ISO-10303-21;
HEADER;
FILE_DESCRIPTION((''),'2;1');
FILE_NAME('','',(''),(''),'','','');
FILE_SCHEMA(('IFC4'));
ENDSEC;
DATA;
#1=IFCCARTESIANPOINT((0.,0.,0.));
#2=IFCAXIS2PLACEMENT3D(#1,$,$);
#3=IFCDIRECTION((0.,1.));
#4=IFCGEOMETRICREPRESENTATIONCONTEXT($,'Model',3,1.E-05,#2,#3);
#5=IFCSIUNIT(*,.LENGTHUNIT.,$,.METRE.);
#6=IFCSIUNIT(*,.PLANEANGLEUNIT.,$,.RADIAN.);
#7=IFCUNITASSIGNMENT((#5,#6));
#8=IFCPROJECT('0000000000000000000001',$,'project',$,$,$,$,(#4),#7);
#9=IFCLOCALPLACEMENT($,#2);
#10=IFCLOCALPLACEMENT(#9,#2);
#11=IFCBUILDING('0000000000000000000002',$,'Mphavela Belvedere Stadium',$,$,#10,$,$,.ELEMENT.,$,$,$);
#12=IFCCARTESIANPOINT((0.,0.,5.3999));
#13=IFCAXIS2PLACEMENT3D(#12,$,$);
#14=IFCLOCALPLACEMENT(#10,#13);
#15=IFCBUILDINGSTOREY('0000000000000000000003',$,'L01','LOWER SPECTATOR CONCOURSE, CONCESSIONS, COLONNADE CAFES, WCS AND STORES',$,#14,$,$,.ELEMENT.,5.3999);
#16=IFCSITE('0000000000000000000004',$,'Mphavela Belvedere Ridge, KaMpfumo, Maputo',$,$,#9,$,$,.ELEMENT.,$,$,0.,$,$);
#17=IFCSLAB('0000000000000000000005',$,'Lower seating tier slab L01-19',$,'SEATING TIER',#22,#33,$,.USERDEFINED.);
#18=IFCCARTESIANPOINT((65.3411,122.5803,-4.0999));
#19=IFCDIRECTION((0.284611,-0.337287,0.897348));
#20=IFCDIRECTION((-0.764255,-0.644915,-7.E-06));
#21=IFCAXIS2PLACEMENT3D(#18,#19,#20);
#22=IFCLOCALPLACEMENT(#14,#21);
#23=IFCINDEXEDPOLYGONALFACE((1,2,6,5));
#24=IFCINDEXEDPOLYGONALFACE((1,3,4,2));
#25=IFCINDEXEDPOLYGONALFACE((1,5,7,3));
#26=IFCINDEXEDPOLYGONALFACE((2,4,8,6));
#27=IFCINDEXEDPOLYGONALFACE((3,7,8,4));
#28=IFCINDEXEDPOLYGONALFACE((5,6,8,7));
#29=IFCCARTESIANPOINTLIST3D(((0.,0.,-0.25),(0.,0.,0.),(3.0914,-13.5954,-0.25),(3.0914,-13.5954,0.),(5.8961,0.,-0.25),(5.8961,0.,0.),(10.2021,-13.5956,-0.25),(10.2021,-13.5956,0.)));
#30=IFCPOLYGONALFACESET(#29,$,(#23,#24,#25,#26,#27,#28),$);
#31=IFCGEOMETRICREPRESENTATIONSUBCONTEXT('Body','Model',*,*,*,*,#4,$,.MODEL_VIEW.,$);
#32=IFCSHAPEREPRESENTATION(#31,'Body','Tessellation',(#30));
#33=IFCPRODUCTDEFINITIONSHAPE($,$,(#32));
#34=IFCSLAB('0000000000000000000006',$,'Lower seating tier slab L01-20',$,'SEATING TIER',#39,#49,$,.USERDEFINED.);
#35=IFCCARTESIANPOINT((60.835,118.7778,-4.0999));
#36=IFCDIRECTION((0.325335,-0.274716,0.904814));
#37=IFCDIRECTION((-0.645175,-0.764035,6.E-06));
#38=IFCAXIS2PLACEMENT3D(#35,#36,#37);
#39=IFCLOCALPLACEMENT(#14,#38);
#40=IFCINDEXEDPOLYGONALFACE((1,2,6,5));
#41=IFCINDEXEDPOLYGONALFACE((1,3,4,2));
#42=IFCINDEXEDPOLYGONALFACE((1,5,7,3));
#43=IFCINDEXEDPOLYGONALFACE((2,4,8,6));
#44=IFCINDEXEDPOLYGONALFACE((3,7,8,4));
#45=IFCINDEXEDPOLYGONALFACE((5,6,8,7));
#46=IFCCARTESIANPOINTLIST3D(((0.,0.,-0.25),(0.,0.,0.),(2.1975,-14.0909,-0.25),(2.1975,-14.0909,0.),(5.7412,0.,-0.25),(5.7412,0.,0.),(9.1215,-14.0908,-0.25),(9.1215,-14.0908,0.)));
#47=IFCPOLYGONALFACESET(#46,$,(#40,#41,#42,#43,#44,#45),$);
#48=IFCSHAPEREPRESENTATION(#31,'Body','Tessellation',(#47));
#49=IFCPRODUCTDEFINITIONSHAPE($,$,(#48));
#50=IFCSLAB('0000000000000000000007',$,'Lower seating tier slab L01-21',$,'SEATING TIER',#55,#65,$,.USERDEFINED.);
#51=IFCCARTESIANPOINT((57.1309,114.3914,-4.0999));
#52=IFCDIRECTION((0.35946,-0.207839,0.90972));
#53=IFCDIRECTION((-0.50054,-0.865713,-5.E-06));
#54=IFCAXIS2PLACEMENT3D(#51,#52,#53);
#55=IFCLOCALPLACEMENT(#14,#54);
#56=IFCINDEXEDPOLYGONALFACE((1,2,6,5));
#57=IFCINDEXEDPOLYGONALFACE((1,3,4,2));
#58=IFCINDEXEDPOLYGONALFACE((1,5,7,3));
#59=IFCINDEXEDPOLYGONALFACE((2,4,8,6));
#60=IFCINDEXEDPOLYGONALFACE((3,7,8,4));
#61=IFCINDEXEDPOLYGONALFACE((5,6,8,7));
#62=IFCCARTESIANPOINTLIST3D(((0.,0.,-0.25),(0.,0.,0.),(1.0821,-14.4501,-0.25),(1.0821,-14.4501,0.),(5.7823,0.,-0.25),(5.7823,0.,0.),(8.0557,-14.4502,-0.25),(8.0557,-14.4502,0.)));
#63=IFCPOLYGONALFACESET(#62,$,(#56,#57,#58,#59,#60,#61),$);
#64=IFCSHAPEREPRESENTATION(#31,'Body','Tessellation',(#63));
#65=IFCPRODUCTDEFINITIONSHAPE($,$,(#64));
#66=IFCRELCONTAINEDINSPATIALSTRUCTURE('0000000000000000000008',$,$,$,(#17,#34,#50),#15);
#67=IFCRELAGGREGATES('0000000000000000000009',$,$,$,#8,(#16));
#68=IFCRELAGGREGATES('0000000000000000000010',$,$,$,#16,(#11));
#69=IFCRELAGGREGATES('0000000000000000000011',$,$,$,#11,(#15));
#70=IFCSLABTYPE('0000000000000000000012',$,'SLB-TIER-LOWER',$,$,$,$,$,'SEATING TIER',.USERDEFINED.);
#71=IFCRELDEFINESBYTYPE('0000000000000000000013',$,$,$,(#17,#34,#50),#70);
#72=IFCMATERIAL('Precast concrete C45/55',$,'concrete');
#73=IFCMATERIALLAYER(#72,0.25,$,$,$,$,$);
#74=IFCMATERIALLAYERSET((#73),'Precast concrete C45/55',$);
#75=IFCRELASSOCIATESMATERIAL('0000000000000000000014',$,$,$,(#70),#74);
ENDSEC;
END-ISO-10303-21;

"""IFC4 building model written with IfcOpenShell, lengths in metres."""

from ifc_helpers import new_model, si_unit, direction, frame, origin, place, context, subcontext, project, spatial, polyline, outline, extrude, material, layer, layer_set, type_object, element, save


model = new_model("IFC4")

# Units and contexts
model_context = context("Model", 3, precision=1e-05, world=origin(), true_north=direction((0.0, 1.0)))
body_context = subcontext(model_context, "Body", "Model", "MODEL_VIEW")
ifc_project = project(units=[si_unit("LENGTHUNIT", "METRE"), si_unit("PLANEANGLEUNIT", "RADIAN")], contexts=[model_context])

# Site, building, storey
site_placement = place(None, origin())
site = spatial("IfcSite", under=ifc_project, at=site_placement, Name="Mphavela Belvedere Ridge, KaMpfumo, Maputo", CompositionType="ELEMENT", RefElevation=0.0)
building_placement = place(site_placement, origin())
building = spatial("IfcBuilding", under=site, at=building_placement, Name="Mphavela Belvedere Stadium", CompositionType="ELEMENT")
storey_placement = place(building_placement, frame((0.0, 0.0, 5.3999)))
storey = spatial("IfcBuildingStorey", under=building, at=storey_placement, Name="L01", Description="LOWER SPECTATOR CONCOURSE, CONCESSIONS, COLONNADE CAFES, WCS AND STORES", CompositionType="ELEMENT", Elevation=5.3999)

# Slabs
ifc_material_1 = material(Name="Precast concrete C45/55", Category="concrete")
ifc_layer_1 = layer(ifc_material_1, 0.25)
ifc_layer_set_1 = layer_set([ifc_layer_1], Name="Precast concrete C45/55")
slab_type = type_object("IfcSlabType", Name="SLB-TIER-LOWER", ElementType="SEATING TIER", PredefinedType="USERDEFINED", material=ifc_layer_set_1)
slab_1_placement = place(storey_placement, frame((65.3411, 122.5803, -4.0999), z_axis=(0.284611, -0.337287, 0.897348), x_axis=(-0.764255, -0.644915, -0.000007)))
element("IfcSlab", 1, at=slab_1_placement, inside=storey, type_object=slab_type, Name="Lower seating tier slab L01-19", ObjectType="SEATING TIER", PredefinedType="USERDEFINED", context=body_context, shape_type="SweptSolid", body=[
    extrude(outline(polyline([(0.0, 0.0), (5.8961, 0.0), (10.2021, -13.5956), (3.0914, -13.5954), (0.0, 0.0)])), origin(), (0.0, 0.0, -1.0), 0.25),
])
slab_2_placement = place(storey_placement, frame((60.835, 118.7778, -4.0999), z_axis=(0.325335, -0.274716, 0.904814), x_axis=(-0.645175, -0.764035, 0.000006)))
element("IfcSlab", 2, at=slab_2_placement, inside=storey, type_object=slab_type, Name="Lower seating tier slab L01-20", ObjectType="SEATING TIER", PredefinedType="USERDEFINED", context=body_context, shape_type="SweptSolid", body=[
    extrude(outline(polyline([(0.0, 0.0), (5.7412, 0.0), (9.1215, -14.0908), (2.1975, -14.0909), (0.0, 0.0)])), origin(), (0.0, 0.0, -1.0), 0.25),
])
slab_3_placement = place(storey_placement, frame((57.1309, 114.3914, -4.0999), z_axis=(0.35946, -0.207839, 0.90972), x_axis=(-0.50054, -0.865713, -0.000005)))
element("IfcSlab", 3, at=slab_3_placement, inside=storey, type_object=slab_type, Name="Lower seating tier slab L01-21", ObjectType="SEATING TIER", PredefinedType="USERDEFINED", context=body_context, shape_type="SweptSolid", body=[
    extrude(outline(polyline([(0.0, 0.0), (5.7823, 0.0), (8.0557, -14.4502), (1.0821, -14.4501), (0.0, 0.0)])), origin(), (0.0, 0.0, -1.0), 0.25),
])

save(model, "model.ifc")
